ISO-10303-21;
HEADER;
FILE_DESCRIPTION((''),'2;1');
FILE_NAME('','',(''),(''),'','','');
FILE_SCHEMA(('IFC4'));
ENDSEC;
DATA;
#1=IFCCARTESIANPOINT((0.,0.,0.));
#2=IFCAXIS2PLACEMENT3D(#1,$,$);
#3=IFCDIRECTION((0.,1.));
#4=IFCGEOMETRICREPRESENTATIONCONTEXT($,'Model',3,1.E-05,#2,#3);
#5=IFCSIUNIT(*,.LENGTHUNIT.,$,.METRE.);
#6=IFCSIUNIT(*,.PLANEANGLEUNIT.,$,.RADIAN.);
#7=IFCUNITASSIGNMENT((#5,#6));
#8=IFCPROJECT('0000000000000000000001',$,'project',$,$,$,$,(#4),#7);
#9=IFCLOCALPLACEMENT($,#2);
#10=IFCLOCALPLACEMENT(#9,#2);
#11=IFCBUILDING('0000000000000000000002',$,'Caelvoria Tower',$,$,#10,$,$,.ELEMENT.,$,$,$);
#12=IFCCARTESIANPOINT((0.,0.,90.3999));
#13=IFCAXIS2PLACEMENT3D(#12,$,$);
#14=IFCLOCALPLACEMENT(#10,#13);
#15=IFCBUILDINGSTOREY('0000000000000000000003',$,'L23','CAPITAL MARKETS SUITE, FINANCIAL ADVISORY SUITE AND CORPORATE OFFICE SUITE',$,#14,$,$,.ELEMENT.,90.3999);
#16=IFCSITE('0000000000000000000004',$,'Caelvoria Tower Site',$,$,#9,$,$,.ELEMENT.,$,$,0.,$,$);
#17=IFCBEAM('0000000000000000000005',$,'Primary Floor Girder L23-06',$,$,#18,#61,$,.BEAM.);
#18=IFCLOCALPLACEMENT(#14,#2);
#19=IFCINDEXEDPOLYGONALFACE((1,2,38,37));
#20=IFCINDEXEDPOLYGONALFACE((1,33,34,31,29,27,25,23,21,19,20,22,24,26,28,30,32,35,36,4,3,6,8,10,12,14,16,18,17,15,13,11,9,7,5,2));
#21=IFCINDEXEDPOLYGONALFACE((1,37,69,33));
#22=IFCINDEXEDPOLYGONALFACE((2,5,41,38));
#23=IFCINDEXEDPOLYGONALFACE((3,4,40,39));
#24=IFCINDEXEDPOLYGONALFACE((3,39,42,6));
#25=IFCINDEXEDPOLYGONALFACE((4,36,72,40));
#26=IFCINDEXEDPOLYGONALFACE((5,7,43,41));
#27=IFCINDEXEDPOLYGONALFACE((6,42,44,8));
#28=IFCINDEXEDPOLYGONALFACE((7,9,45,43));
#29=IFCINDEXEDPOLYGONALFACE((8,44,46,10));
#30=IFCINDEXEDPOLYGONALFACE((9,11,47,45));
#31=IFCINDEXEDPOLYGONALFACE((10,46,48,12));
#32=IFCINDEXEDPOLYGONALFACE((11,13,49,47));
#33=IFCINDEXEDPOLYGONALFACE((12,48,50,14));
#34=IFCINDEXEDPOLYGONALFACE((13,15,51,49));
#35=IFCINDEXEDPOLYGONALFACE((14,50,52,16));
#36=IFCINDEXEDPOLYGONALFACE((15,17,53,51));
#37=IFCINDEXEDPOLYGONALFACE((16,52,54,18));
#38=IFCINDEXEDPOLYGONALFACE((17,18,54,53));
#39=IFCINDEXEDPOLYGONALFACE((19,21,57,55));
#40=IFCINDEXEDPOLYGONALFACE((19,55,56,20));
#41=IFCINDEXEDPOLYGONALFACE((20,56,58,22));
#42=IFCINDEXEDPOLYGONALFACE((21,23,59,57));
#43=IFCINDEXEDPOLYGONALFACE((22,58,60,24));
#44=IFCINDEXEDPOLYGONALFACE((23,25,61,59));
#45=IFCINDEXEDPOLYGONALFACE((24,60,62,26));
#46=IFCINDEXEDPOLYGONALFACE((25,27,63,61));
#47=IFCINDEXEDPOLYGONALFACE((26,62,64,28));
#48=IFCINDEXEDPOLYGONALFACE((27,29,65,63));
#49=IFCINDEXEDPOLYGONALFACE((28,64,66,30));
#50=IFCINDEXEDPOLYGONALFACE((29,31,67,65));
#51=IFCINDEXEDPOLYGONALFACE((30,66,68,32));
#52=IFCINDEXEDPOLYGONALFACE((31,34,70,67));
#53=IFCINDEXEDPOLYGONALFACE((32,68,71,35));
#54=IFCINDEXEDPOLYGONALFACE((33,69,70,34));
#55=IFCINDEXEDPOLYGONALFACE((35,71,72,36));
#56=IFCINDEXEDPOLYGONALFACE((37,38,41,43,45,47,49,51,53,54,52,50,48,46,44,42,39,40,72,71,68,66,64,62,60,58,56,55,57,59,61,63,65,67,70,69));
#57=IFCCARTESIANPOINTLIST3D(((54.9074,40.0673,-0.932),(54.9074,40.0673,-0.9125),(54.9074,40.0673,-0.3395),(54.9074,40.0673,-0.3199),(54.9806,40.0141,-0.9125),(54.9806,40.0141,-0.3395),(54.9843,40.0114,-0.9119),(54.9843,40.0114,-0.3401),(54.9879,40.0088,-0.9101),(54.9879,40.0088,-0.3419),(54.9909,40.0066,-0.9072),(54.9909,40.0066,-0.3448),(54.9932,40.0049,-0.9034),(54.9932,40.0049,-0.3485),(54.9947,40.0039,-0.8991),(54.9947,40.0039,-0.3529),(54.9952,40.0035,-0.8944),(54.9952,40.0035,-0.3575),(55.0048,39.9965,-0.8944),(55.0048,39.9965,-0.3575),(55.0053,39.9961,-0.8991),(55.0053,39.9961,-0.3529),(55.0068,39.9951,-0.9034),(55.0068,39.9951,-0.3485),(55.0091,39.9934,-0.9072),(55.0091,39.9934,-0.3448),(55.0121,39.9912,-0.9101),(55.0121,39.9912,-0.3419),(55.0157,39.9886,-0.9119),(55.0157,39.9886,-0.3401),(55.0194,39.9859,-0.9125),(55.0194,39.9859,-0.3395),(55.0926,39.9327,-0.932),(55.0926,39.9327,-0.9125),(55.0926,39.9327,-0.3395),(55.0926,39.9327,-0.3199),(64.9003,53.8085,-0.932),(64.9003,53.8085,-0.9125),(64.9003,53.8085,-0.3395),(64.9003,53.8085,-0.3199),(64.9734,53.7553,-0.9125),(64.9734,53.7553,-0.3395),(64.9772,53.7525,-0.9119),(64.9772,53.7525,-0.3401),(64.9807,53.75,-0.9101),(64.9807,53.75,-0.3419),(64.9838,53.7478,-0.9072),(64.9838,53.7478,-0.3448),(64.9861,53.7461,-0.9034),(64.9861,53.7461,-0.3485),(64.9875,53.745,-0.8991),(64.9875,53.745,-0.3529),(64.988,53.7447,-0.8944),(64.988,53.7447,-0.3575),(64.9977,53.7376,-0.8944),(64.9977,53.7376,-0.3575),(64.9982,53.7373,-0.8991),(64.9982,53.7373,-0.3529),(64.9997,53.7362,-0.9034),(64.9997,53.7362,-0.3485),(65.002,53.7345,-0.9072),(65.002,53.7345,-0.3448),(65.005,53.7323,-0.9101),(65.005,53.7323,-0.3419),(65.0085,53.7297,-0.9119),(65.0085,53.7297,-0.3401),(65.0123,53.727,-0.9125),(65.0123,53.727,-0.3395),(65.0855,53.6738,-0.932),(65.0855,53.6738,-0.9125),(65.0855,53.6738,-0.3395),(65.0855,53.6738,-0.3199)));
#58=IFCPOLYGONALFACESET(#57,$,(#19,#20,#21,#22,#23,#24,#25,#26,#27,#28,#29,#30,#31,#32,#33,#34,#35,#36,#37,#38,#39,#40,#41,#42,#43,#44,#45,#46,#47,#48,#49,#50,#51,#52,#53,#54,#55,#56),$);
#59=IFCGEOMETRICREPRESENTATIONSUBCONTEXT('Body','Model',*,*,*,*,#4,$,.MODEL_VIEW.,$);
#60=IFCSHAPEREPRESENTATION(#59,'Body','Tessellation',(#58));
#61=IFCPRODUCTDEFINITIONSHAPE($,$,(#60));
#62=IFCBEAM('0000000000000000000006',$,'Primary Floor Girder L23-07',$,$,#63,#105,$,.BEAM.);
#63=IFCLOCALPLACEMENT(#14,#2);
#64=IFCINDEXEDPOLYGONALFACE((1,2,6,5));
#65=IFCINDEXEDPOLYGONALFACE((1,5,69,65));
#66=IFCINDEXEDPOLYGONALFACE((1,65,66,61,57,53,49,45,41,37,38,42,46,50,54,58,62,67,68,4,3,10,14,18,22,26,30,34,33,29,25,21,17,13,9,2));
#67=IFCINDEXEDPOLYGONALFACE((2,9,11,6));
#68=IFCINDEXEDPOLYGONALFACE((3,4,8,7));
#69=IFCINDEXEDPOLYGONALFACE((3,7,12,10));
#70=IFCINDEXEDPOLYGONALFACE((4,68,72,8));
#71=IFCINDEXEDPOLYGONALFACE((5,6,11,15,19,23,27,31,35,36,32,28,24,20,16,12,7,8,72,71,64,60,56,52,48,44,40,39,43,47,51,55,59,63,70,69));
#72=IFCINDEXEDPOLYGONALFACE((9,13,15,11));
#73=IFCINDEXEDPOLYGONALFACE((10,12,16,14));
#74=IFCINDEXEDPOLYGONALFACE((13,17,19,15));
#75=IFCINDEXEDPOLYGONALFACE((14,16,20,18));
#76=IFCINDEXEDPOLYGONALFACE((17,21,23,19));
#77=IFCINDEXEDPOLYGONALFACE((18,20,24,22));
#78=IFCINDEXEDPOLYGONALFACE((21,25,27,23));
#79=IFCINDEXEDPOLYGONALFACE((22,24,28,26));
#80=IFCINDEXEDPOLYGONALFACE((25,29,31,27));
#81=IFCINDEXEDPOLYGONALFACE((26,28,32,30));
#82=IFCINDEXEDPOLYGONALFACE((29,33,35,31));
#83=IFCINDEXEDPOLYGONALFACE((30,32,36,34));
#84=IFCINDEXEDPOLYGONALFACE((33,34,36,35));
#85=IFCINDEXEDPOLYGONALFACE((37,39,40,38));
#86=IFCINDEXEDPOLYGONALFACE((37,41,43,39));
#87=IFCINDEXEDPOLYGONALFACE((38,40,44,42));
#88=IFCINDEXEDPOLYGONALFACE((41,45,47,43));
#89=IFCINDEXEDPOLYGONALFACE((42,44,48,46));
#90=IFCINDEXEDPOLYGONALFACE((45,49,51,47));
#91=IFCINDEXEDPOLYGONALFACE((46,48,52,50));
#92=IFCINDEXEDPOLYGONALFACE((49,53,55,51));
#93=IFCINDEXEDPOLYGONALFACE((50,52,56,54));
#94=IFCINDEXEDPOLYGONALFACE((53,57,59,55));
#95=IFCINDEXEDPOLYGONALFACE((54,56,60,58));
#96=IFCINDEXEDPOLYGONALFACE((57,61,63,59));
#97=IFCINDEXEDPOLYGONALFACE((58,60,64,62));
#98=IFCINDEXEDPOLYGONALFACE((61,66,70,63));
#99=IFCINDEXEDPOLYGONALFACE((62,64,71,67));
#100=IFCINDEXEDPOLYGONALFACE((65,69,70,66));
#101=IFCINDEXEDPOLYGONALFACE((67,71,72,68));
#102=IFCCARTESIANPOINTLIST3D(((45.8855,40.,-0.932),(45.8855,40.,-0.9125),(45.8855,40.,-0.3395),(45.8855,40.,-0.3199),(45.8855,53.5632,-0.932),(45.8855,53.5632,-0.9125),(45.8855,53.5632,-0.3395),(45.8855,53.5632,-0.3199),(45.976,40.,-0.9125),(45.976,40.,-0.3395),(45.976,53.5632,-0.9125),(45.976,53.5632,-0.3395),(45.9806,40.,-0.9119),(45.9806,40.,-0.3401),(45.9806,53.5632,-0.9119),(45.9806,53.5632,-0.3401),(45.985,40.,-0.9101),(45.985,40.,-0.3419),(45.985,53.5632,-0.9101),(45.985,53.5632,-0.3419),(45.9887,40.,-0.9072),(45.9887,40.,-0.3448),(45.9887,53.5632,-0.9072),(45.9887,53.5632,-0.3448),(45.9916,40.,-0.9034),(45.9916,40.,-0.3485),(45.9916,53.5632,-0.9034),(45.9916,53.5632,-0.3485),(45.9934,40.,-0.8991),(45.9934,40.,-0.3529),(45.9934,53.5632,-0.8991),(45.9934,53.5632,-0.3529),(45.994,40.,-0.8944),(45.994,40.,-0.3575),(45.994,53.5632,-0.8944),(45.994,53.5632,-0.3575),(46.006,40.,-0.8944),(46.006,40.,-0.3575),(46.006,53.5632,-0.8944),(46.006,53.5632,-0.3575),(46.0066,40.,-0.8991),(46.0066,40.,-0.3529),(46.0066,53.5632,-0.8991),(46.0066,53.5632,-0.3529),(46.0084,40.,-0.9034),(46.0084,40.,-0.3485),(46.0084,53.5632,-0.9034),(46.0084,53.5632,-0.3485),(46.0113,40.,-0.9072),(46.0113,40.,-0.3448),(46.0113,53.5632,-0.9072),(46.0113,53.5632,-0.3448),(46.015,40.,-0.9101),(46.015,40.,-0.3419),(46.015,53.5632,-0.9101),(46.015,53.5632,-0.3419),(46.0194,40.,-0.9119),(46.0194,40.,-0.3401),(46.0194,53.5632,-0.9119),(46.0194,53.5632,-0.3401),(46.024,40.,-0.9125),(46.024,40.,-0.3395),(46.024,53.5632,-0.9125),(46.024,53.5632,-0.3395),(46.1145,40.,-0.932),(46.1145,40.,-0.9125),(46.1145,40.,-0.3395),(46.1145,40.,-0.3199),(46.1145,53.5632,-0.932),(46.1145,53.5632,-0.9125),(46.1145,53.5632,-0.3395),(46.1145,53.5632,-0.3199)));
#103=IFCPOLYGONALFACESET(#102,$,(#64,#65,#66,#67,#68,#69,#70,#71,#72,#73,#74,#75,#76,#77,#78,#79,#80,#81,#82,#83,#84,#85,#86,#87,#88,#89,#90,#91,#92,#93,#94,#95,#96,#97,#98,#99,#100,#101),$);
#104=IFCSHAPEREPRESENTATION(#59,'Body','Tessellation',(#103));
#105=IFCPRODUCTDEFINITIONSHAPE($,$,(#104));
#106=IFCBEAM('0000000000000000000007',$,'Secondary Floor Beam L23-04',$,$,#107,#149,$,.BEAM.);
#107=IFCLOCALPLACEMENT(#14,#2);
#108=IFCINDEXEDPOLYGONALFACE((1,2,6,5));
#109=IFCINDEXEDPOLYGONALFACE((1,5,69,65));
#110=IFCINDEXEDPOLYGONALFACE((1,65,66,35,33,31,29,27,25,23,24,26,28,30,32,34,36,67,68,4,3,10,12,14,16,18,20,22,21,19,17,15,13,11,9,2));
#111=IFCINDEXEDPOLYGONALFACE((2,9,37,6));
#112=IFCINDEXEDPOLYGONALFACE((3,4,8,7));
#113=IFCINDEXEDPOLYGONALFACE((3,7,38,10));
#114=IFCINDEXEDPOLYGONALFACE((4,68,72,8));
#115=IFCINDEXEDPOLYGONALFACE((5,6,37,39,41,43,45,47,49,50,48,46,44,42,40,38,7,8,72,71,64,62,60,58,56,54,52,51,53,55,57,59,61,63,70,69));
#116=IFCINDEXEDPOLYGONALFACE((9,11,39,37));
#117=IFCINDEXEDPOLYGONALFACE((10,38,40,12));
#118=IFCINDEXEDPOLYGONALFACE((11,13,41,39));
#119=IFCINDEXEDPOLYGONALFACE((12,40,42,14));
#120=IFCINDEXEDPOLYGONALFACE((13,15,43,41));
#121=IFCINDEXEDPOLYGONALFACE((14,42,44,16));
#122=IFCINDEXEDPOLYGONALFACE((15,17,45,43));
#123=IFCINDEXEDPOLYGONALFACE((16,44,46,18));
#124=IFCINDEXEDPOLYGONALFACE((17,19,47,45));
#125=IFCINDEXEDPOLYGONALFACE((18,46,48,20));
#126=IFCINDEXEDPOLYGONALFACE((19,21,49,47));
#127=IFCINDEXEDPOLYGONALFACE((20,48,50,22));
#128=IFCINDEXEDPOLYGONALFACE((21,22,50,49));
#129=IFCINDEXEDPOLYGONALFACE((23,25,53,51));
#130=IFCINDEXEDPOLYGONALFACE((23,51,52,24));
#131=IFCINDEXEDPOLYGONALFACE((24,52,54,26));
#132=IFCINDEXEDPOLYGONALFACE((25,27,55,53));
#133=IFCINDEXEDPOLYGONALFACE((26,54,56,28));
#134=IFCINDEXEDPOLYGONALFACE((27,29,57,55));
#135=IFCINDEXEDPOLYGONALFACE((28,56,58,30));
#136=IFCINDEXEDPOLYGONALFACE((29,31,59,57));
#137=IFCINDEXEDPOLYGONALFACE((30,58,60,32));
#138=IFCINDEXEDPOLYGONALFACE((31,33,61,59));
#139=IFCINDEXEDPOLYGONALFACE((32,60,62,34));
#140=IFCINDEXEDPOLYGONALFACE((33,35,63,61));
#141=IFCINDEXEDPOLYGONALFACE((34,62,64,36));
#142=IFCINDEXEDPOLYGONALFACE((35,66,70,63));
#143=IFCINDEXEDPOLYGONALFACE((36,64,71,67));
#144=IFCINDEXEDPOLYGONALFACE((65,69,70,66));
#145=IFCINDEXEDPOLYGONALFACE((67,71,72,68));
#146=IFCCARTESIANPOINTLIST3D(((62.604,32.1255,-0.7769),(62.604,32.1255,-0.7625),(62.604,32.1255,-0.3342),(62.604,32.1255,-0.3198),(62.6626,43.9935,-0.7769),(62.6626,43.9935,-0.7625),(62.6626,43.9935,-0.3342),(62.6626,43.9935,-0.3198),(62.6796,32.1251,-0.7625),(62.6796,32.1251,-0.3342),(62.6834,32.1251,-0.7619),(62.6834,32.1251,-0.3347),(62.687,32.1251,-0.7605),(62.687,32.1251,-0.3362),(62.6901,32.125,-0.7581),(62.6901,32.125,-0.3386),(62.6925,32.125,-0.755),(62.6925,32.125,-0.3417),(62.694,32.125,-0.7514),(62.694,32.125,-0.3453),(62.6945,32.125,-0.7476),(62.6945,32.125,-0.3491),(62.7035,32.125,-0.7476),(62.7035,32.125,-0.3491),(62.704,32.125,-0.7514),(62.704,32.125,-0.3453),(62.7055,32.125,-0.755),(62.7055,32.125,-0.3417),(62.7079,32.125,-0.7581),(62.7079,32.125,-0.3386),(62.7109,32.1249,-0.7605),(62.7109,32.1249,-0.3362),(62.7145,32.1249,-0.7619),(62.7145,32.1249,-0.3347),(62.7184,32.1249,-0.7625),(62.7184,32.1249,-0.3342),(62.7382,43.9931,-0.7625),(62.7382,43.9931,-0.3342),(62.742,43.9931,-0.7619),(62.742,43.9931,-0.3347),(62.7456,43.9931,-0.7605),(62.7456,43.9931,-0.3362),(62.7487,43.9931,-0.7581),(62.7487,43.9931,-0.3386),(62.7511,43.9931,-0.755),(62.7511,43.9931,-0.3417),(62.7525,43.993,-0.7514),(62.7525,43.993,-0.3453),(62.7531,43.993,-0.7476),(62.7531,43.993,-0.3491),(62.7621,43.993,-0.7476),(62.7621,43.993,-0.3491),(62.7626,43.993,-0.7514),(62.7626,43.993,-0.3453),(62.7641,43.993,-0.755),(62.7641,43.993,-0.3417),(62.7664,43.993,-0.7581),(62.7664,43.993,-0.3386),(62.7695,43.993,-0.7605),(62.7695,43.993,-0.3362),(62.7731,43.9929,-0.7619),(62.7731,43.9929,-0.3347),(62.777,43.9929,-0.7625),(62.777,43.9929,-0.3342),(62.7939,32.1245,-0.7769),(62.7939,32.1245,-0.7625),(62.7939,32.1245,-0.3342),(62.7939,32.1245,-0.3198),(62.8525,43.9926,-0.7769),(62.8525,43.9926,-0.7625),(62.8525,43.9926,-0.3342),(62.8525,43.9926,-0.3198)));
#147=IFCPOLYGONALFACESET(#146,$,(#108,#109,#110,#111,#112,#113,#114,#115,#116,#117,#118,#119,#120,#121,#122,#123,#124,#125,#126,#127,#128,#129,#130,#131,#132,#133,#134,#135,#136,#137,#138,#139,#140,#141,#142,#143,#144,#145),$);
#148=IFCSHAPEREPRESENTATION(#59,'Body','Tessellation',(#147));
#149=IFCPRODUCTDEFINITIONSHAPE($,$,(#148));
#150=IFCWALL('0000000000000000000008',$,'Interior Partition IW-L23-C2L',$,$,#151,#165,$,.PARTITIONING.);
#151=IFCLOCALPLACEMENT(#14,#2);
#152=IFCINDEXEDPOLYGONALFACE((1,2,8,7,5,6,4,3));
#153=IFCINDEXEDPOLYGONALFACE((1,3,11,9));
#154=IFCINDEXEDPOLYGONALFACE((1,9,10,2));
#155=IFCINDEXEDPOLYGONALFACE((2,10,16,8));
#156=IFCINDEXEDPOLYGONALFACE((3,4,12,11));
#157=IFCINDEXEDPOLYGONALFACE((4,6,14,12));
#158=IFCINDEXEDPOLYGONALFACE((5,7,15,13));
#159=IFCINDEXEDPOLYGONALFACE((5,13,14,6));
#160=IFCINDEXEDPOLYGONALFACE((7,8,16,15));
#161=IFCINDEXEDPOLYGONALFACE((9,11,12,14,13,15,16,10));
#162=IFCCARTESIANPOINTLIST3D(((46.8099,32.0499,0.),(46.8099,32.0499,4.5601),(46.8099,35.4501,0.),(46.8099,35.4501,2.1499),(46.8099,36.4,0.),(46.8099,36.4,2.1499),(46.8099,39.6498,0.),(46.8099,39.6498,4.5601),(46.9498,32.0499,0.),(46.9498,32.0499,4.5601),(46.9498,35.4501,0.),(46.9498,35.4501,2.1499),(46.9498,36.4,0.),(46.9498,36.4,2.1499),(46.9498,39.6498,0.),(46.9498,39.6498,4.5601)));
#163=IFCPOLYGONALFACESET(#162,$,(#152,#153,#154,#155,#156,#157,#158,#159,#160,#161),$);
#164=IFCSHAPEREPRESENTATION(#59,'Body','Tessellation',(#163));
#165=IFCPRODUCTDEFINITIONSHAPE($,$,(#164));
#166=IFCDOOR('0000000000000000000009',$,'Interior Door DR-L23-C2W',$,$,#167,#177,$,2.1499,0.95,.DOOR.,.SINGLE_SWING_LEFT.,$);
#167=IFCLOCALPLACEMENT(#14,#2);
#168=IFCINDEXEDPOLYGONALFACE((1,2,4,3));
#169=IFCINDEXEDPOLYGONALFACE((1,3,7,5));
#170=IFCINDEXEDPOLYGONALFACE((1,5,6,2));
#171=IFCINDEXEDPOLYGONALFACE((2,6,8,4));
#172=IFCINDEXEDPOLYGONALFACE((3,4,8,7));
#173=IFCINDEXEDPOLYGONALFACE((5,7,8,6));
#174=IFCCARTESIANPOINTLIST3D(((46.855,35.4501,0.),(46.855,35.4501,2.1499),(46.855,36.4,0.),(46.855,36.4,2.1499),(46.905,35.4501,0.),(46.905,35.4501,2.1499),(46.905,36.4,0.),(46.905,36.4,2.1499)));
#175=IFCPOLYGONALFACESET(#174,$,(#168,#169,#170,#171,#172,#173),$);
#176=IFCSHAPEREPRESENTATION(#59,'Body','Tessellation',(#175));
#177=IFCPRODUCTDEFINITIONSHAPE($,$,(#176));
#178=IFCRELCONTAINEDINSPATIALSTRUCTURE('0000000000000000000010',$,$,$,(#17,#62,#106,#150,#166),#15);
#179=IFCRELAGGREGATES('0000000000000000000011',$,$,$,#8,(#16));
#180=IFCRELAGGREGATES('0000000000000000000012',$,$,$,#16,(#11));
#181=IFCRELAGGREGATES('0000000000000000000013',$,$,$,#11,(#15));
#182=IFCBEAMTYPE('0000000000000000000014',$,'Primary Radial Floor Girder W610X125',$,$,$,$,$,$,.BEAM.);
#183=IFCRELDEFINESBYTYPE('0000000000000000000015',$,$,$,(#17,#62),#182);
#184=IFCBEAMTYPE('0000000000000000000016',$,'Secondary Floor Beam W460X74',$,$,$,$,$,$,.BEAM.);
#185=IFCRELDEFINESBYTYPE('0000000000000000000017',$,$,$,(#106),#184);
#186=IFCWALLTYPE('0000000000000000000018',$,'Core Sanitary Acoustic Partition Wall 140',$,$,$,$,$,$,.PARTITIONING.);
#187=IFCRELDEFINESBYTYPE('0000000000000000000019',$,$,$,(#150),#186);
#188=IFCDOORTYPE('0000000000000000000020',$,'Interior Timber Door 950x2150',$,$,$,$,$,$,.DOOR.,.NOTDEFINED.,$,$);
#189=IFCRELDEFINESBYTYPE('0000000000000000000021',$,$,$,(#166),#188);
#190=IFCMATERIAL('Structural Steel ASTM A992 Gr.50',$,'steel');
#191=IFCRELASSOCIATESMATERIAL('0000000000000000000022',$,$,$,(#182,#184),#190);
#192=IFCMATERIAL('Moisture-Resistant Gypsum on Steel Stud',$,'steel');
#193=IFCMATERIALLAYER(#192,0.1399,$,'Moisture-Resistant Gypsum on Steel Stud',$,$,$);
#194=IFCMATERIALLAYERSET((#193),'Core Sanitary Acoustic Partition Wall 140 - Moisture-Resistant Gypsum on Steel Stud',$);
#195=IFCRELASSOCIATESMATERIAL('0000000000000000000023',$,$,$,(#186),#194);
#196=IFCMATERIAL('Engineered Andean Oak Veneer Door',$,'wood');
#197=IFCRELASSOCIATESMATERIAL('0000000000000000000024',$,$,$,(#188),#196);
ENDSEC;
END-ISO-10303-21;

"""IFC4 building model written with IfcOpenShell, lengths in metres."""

from ifc_helpers import new_model, si_unit, direction, frame, frame_2d, origin, origin_2d, place, context, subcontext, project, spatial, rectangle, i_section, extrude, material, layer, layer_set, material_profile, profile_set, type_object, element, fill, save


model = new_model("IFC4")

# Units and contexts
model_context = context("Model", 3, precision=1e-05, world=origin(), true_north=direction((0.0, 1.0)))
body_context = subcontext(model_context, "Body", "Model", "MODEL_VIEW")
ifc_project = project(units=[si_unit("LENGTHUNIT", "METRE"), si_unit("PLANEANGLEUNIT", "RADIAN")], contexts=[model_context])

# Site, building, storey
site_placement = place(None, origin())
site = spatial("IfcSite", under=ifc_project, at=site_placement, Name="Caelvoria Tower Site", CompositionType="ELEMENT", RefElevation=0.0)
building_placement = place(site_placement, origin())
building = spatial("IfcBuilding", under=site, at=building_placement, Name="Caelvoria Tower", CompositionType="ELEMENT")
storey_placement = place(building_placement, frame((0.0, 0.0, 90.3999)))
storey = spatial("IfcBuildingStorey", under=building, at=storey_placement, Name="L23", Description="CAPITAL MARKETS SUITE, FINANCIAL ADVISORY SUITE AND CORPORATE OFFICE SUITE", CompositionType="ELEMENT", Elevation=90.3999)

# Beams
ifc_material_1 = material(Name="Structural Steel ASTM A992 Gr.50", Category="steel")
ifc_material_profile_1 = material_profile(ifc_material_1, i_section(OverallWidth=0.229, OverallDepth=0.6121, WebThickness=0.012, FlangeThickness=0.0195, FilletRadius=0.0181, at=origin_2d()), Name="Structural Steel ASTM A992 Gr.50")
ifc_profile_set_1 = profile_set([ifc_material_profile_1], Name="W610X125 - Structural Steel ASTM A992 Gr.50")
beam_type_1 = type_object("IfcBeamType", Name="Primary Radial Floor Girder W610X125", PredefinedType="BEAM", material=ifc_profile_set_1)
beam_1_placement = place(storey_placement, frame((55.0, 40.0, -0.626), z_axis=(0.588145, 0.808755, 0.0), x_axis=(-0.808755, 0.588145, 0.0)))
element("IfcBeam", 1, at=beam_1_placement, inside=storey, type_object=beam_type_1, Name="Primary Floor Girder L23-06", PredefinedType="BEAM", context=body_context, shape_type="SweptSolid", body=[
    extrude(i_section(OverallWidth=0.229, OverallDepth=0.6121, WebThickness=0.012, FlangeThickness=0.0195, FilletRadius=0.0181, at=origin_2d()), origin(), (0.0, 0.0, 1.0), 16.9905),
])
beam_2_placement = place(storey_placement, frame((46.0, 40.0, -0.626), z_axis=(0.0, 1.0, 0.0), x_axis=(-1.0, 0.0, 0.0)))
element("IfcBeam", 2, at=beam_2_placement, inside=storey, type_object=beam_type_1, Name="Primary Floor Girder L23-07", PredefinedType="BEAM", context=body_context, shape_type="SweptSolid", body=[
    extrude(i_section(OverallWidth=0.229, OverallDepth=0.6121, WebThickness=0.012, FlangeThickness=0.0195, FilletRadius=0.0181, at=origin_2d()), origin(), (0.0, 0.0, 1.0), 13.5632),
])
ifc_material_profile_2 = material_profile(ifc_material_1, i_section(OverallWidth=0.1899, OverallDepth=0.457, WebThickness=0.009, FlangeThickness=0.0144, FilletRadius=0.0149, at=origin_2d()), Name="Structural Steel ASTM A992 Gr.50")
ifc_profile_set_2 = profile_set([ifc_material_profile_2], Name="W460X74 - Structural Steel ASTM A992 Gr.50")
beam_type_2 = type_object("IfcBeamType", Name="Secondary Floor Beam W460X74", PredefinedType="BEAM", material=ifc_profile_set_2)
beam_3_placement = place(storey_placement, frame((62.699, 32.125, -0.5483), z_axis=(0.004937, 0.999988, 0.0), x_axis=(-0.999988, 0.004937, 0.0)))
element("IfcBeam", 3, at=beam_3_placement, inside=storey, type_object=beam_type_2, Name="Secondary Floor Beam L23-04", PredefinedType="BEAM", context=body_context, shape_type="SweptSolid", body=[
    extrude(i_section(OverallWidth=0.1899, OverallDepth=0.457, WebThickness=0.009, FlangeThickness=0.0144, FilletRadius=0.0149, at=origin_2d()), origin(), (0.0, 0.0, 1.0), 11.8682),
])

# Wall, opening, door
ifc_material_2 = material(Name="Moisture-Resistant Gypsum on Steel Stud", Category="steel")
ifc_layer_1 = layer(ifc_material_2, 0.1399, Name="Moisture-Resistant Gypsum on Steel Stud")
ifc_layer_set_1 = layer_set([ifc_layer_1], Name="Core Sanitary Acoustic Partition Wall 140 - Moisture-Resistant Gypsum on Steel Stud")
wall_type_1 = type_object("IfcWallType", Name="Core Sanitary Acoustic Partition Wall 140", PredefinedType="PARTITIONING", material=ifc_layer_set_1)
wall_1_placement = place(storey_placement, frame((46.8799, 32.05, 0.0), z_axis=(0.0, 0.0, 1.0), x_axis=(0.0, 1.0, 0.0)))
wall_1 = element("IfcWall", 4, at=wall_1_placement, inside=storey, type_object=wall_type_1, Name="Interior Partition IW-L23-C2L", PredefinedType="PARTITIONING", context=body_context, shape_type="SweptSolid", body=[
    extrude(rectangle(XDim=7.5999, YDim=0.1399, at=frame_2d((3.7998, 0.0))), origin(), (0.0, 0.0, 1.0), 4.5601),
])
opening_1_placement = place(wall_1_placement, frame((3.3999, 0.0, 0.0)))
opening_1 = element("IfcOpeningElement", 5, at=opening_1_placement, cuts=wall_1, PredefinedType="OPENING", context=body_context, shape_type="SweptSolid", body=[
    extrude(rectangle(XDim=0.95, YDim=2.1499, at=frame_2d((0.4751, 1.075))), frame((0.0, 0.0798, 0.0), z_axis=(0.0, -1.0, 0.0), x_axis=(1.0, 0.0, 0.0)), (0.0, 0.0, 1.0), 0.1599),
])
ifc_material_3 = material(Name="Engineered Andean Oak Veneer Door", Category="wood")
door_type_1 = type_object("IfcDoorType", Name="Interior Timber Door 950x2150", OperationType="NOTDEFINED", PredefinedType="DOOR", material=ifc_material_3)
door_1_placement = place(opening_1_placement, origin())
door_1 = element("IfcDoor", 6, at=door_1_placement, inside=storey, type_object=door_type_1, Name="Interior Door DR-L23-C2W", OperationType="SINGLE_SWING_LEFT", OverallHeight=2.1499, OverallWidth=0.95, PredefinedType="DOOR", context=body_context, shape_type="SweptSolid", body=[
    extrude(rectangle(XDim=0.95, YDim=2.1499, at=frame_2d((0.4751, 1.075))), frame((0.0, 0.0249, 0.0), z_axis=(0.0, -1.0, 0.0), x_axis=(1.0, 0.0, 0.0)), (0.0, 0.0, 1.0), 0.05),
])
fill(opening_1, door_1)

save(model, "model.ifc")
